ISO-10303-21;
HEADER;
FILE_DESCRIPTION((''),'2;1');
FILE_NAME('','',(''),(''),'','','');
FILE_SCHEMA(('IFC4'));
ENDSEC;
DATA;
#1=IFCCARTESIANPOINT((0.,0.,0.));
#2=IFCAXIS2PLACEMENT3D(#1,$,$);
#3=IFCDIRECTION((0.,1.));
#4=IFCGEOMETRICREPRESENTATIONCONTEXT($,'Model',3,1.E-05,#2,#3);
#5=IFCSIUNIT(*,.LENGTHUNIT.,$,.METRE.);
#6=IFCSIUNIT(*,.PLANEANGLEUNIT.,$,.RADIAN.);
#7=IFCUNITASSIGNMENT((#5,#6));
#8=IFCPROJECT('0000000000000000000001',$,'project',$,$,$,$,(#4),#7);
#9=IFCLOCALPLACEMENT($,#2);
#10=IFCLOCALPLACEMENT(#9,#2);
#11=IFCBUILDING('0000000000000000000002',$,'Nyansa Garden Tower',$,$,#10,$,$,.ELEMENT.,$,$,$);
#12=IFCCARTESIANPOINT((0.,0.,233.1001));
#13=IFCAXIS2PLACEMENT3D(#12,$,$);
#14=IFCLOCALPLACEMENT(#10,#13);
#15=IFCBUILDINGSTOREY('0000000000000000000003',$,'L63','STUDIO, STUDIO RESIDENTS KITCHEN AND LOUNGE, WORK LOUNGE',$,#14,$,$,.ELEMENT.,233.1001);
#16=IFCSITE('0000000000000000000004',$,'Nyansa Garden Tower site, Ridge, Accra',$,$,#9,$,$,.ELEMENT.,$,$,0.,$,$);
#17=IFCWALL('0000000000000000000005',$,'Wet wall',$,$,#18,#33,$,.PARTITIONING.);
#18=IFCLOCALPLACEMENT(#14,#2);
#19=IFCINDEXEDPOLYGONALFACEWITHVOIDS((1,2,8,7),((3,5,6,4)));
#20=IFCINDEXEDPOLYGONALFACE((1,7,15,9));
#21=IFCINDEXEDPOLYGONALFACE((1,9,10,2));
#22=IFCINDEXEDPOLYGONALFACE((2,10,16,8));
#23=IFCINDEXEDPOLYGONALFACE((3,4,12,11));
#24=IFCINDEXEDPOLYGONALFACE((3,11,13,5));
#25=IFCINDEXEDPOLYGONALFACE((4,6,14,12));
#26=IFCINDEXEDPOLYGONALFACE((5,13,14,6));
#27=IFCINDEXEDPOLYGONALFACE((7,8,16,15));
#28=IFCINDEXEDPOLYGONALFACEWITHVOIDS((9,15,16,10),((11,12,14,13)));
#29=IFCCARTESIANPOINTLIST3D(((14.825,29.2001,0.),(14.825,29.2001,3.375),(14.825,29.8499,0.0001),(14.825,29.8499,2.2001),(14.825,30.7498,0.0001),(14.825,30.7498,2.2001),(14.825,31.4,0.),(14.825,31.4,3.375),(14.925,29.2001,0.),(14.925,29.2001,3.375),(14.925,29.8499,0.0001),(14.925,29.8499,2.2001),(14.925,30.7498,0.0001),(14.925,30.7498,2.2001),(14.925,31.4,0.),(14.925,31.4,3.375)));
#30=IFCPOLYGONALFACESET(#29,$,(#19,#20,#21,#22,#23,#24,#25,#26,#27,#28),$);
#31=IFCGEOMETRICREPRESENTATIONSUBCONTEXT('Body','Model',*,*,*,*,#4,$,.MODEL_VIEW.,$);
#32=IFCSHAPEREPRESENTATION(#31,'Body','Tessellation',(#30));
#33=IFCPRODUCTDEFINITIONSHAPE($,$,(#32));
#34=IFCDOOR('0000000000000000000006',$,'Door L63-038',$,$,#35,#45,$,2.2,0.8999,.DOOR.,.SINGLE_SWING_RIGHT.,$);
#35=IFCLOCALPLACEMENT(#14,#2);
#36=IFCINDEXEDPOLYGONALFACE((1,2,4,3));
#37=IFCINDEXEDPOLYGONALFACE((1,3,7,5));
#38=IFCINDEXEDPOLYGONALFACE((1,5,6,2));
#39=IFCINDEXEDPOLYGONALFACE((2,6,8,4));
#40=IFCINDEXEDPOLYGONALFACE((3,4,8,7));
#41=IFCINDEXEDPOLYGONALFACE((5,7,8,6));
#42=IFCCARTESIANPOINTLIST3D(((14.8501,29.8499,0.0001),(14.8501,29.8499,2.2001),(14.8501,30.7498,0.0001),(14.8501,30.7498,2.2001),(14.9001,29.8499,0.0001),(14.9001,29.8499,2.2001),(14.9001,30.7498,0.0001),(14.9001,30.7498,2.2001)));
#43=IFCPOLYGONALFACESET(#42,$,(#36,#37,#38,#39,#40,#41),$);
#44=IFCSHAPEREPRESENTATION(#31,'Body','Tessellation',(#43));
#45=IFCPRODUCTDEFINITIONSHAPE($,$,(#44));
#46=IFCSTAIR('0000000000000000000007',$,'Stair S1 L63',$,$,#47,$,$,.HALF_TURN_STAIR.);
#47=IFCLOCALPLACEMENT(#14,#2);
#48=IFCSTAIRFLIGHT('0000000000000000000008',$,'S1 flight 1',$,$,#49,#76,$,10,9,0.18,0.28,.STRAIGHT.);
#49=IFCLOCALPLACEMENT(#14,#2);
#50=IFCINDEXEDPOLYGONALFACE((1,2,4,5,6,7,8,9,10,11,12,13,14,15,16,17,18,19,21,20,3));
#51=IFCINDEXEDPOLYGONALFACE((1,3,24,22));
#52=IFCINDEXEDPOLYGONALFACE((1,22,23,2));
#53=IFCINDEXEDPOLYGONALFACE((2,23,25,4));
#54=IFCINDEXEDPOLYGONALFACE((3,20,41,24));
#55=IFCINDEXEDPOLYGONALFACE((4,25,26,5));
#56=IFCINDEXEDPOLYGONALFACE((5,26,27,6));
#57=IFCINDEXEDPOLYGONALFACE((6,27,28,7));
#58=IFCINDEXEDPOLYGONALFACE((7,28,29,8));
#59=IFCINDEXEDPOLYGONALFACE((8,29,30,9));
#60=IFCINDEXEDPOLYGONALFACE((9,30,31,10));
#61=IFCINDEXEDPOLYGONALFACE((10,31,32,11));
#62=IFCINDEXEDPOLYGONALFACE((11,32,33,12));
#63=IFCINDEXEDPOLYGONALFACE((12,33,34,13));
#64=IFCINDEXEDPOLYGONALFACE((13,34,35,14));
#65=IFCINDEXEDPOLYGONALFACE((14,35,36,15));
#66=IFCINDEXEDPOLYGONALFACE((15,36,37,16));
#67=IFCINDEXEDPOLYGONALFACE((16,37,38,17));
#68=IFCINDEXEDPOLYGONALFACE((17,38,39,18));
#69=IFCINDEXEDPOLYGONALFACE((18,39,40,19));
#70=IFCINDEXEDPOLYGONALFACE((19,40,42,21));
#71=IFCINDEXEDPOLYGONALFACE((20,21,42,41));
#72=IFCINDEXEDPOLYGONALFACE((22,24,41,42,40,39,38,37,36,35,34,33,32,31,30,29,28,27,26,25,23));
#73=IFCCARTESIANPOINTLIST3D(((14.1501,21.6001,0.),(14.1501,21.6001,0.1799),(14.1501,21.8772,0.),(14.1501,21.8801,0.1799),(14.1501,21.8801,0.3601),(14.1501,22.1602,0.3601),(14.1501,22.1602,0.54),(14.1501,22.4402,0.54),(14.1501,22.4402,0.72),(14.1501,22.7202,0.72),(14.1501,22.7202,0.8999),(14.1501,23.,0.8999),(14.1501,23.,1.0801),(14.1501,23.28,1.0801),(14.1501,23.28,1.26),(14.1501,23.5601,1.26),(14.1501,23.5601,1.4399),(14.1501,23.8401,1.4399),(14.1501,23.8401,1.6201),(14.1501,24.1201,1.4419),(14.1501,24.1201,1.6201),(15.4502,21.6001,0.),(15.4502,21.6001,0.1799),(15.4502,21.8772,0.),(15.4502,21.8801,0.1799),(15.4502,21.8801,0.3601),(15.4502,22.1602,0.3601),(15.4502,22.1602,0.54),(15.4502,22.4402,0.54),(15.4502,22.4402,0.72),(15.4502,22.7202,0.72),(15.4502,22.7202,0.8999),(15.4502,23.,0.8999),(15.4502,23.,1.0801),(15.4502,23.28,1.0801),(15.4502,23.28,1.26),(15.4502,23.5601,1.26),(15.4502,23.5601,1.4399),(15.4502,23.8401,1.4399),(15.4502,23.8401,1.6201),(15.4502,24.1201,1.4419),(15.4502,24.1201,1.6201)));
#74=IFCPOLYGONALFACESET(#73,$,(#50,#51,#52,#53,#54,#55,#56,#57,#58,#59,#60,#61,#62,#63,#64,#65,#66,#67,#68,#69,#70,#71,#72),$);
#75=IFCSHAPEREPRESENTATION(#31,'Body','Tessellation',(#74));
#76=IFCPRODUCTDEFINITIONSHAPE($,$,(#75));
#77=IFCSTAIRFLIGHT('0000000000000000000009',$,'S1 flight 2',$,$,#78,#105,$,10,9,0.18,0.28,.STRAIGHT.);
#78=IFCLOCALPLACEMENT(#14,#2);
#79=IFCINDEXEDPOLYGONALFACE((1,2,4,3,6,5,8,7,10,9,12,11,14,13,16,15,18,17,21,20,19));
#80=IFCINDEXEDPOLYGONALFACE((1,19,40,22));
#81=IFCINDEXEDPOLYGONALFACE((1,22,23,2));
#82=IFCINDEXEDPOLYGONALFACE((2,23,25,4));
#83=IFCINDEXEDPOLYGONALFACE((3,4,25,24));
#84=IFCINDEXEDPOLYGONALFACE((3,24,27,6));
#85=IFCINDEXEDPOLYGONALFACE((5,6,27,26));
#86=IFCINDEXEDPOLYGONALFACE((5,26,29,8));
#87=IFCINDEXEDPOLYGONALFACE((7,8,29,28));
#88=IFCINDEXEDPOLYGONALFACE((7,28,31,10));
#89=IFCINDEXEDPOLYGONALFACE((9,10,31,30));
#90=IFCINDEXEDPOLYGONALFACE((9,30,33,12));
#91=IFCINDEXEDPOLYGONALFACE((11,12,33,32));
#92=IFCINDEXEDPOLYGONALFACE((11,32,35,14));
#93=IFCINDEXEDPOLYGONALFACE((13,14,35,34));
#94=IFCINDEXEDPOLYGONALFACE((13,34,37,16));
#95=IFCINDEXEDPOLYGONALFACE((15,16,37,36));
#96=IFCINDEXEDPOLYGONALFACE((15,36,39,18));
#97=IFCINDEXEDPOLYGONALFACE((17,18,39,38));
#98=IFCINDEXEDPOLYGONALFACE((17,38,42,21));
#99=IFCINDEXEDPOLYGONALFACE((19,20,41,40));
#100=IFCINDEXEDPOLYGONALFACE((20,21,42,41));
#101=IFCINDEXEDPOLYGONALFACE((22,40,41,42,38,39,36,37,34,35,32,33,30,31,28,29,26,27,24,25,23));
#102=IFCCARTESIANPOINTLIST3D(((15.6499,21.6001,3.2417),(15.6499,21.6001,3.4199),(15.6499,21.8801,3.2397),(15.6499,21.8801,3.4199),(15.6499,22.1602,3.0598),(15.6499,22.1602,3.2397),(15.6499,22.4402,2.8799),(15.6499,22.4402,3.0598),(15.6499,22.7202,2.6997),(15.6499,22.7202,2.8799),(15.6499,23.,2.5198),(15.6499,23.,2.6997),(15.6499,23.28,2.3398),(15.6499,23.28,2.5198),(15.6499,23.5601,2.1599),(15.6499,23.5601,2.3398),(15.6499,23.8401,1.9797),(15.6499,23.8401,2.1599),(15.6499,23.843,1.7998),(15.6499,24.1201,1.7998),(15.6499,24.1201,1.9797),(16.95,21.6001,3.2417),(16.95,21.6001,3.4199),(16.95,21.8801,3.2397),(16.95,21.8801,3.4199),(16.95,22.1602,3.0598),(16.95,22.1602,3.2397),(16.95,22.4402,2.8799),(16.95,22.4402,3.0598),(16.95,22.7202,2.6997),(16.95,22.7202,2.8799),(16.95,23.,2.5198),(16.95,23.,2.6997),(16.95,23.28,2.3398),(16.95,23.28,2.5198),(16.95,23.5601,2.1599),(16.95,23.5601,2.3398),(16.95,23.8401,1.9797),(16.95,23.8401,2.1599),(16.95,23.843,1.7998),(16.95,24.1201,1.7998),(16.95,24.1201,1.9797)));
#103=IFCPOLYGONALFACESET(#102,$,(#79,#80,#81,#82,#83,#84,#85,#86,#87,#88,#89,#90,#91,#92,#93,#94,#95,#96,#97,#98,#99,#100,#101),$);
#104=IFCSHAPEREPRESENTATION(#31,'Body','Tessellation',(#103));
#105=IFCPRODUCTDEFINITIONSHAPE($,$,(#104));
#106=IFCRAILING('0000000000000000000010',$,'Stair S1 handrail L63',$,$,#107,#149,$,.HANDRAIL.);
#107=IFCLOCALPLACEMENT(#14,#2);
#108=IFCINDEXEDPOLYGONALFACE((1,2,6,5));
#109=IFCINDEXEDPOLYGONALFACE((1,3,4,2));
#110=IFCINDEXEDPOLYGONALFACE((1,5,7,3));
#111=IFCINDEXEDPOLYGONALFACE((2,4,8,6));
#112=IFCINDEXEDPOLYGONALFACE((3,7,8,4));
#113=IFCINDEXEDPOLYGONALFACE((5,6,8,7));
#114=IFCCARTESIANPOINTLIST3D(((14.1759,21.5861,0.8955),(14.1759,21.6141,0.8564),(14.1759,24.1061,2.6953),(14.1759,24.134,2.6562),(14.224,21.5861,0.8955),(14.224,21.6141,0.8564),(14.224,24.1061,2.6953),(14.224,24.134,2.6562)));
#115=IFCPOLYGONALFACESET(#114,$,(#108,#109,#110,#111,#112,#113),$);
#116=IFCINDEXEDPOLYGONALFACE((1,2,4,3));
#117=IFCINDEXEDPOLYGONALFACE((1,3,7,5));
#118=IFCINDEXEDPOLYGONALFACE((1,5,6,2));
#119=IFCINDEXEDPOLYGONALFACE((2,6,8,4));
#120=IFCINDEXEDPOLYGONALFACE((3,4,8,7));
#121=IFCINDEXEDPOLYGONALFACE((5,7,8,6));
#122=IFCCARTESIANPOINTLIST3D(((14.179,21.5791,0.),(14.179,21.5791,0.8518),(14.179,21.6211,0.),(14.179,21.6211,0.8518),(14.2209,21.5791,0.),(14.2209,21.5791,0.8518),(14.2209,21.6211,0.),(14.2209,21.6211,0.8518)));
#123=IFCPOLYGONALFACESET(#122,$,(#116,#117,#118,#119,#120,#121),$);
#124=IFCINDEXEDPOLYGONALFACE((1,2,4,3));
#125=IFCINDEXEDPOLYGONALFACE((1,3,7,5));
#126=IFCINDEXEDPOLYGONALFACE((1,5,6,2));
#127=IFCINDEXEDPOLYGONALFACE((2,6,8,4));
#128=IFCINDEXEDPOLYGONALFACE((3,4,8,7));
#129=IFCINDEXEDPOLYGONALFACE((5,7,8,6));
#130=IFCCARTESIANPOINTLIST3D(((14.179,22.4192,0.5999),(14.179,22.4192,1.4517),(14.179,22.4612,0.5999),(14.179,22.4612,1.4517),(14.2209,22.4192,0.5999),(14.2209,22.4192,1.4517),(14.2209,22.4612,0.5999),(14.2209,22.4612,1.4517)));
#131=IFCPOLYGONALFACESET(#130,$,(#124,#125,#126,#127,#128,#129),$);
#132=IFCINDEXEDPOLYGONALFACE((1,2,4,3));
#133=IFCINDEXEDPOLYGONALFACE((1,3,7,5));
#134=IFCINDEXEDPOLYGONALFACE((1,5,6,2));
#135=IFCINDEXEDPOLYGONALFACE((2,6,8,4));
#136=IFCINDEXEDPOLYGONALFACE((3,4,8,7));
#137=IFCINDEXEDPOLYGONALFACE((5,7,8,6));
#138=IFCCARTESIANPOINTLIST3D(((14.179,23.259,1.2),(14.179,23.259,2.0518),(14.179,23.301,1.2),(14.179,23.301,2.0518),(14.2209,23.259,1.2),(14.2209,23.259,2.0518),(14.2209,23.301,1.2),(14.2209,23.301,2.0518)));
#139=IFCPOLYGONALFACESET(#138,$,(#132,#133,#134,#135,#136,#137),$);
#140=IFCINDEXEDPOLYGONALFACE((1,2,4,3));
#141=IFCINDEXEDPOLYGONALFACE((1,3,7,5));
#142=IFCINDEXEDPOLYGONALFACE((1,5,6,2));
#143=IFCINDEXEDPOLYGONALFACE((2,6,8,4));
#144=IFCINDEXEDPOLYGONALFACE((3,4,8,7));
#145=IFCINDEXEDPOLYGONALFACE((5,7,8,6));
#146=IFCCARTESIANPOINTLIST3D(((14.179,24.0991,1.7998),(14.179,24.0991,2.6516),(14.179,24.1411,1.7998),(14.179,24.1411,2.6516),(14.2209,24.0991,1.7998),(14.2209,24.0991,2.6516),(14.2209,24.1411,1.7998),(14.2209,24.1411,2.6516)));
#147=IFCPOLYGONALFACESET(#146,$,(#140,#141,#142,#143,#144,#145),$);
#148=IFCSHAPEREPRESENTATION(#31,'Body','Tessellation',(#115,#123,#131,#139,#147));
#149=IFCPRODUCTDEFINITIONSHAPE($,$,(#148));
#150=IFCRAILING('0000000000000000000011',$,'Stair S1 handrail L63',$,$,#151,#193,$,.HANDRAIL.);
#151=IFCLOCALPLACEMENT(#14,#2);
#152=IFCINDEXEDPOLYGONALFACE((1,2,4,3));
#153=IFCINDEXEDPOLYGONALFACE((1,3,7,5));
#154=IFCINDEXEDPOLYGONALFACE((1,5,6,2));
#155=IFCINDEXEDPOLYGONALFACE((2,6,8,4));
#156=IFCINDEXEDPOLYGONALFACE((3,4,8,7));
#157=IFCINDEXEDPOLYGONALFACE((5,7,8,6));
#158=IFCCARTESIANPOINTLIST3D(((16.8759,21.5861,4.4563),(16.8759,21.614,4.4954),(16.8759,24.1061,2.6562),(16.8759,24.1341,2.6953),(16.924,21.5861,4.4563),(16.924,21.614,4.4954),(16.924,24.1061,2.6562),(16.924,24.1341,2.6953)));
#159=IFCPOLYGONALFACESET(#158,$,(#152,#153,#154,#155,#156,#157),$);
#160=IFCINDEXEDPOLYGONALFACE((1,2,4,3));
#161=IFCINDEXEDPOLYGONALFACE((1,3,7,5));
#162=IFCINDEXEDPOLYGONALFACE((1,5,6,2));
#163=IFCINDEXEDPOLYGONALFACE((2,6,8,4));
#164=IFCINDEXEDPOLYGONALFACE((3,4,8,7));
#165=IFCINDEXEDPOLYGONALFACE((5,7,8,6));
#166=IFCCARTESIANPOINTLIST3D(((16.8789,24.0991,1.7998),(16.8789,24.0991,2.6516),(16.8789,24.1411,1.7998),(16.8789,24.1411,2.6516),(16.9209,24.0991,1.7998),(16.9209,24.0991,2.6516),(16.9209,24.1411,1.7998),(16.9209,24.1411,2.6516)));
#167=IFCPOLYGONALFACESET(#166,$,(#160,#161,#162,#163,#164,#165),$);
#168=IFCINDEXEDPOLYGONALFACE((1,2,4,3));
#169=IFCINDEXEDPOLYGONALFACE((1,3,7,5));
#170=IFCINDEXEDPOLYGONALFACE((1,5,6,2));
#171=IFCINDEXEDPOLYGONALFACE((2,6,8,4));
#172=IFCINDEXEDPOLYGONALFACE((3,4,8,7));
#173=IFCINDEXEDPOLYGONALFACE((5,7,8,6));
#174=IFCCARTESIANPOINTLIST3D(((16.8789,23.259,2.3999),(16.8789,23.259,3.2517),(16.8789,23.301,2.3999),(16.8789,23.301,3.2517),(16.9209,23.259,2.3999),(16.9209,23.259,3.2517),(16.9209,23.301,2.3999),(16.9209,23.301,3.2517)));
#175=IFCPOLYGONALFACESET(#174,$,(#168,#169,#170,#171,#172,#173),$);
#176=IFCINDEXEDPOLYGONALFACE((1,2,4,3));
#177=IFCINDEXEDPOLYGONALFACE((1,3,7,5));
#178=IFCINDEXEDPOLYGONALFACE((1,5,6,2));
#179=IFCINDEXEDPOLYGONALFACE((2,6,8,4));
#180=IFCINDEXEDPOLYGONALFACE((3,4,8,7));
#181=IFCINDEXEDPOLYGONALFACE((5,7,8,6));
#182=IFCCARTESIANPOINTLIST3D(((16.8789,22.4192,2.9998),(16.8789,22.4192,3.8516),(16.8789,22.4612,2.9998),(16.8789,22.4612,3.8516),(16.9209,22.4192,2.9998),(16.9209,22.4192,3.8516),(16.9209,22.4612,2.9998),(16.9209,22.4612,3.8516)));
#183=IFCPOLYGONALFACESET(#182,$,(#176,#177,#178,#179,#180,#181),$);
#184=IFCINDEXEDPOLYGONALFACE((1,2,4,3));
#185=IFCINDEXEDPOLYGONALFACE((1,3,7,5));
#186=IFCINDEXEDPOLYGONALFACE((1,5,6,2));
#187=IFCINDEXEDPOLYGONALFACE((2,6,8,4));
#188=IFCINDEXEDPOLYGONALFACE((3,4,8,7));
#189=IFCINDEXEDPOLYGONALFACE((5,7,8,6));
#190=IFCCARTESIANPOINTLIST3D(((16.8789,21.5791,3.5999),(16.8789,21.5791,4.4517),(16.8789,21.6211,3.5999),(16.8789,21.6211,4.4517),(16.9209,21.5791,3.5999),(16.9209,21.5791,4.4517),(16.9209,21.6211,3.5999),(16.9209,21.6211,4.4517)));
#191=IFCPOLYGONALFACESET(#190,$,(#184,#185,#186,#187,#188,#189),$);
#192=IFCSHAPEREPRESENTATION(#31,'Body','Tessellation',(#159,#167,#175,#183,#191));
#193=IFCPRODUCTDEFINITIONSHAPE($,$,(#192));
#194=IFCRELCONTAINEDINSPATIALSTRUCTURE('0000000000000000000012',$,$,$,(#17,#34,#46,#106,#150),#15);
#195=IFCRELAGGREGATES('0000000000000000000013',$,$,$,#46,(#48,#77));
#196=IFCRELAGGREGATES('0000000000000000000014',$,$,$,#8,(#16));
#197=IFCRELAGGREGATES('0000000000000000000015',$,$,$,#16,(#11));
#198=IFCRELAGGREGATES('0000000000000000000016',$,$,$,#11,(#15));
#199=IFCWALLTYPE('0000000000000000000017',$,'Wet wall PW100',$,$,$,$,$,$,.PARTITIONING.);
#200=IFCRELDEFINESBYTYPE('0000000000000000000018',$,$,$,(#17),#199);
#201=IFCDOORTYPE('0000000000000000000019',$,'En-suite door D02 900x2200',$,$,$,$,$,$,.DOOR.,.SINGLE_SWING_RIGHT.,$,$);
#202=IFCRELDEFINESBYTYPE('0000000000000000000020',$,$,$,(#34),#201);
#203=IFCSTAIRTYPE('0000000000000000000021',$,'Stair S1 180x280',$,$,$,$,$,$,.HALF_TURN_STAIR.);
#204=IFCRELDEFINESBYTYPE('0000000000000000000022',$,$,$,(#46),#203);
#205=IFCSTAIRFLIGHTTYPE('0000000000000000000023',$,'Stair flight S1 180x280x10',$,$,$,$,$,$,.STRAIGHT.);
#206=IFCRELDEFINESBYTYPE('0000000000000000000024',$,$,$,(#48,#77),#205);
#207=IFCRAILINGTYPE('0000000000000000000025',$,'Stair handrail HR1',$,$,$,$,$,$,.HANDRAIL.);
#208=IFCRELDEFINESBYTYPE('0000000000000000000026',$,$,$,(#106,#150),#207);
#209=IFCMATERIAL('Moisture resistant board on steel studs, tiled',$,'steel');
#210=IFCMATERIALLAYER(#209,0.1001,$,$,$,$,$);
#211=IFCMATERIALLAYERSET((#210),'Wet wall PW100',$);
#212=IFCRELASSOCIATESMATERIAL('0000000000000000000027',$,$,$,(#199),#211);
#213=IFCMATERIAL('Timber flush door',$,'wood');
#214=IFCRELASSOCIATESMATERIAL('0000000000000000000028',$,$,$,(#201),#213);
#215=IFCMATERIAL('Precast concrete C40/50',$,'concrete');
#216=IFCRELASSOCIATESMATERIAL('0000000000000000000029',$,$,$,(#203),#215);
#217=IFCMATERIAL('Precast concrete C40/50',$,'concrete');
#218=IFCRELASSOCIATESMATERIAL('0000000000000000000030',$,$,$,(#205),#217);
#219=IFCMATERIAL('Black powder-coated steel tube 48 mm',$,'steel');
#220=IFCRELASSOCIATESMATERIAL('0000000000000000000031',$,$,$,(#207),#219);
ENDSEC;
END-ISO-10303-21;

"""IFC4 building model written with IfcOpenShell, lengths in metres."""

from ifc_helpers import new_model, si_unit, direction, frame, frame_2d, origin, origin_2d, place, context, subcontext, project, spatial, polyline, rectangle, outline, extrude, material, layer, layer_set, type_object, element, fill, aggregate, save


model = new_model("IFC4")

# Units and contexts
model_context = context("Model", 3, precision=1e-05, world=origin(), true_north=direction((0.0, 1.0)))
body_context = subcontext(model_context, "Body", "Model", "MODEL_VIEW")
ifc_project = project(units=[si_unit("LENGTHUNIT", "METRE"), si_unit("PLANEANGLEUNIT", "RADIAN")], contexts=[model_context])

# Site, building, storey
site_placement = place(None, origin())
site = spatial("IfcSite", under=ifc_project, at=site_placement, Name="Nyansa Garden Tower site, Ridge, Accra", CompositionType="ELEMENT", RefElevation=0.0)
building_placement = place(site_placement, origin())
building = spatial("IfcBuilding", under=site, at=building_placement, Name="Nyansa Garden Tower", CompositionType="ELEMENT")
storey_placement = place(building_placement, frame((0.0, 0.0, 233.1001)))
storey = spatial("IfcBuildingStorey", under=building, at=storey_placement, Name="L63", Description="STUDIO, STUDIO RESIDENTS KITCHEN AND LOUNGE, WORK LOUNGE", CompositionType="ELEMENT", Elevation=233.1001)

# Shared definitions
ifc_material_1 = material(Name="Moisture resistant board on steel studs, tiled", Category="steel")
ifc_layer_1 = layer(ifc_material_1, 0.1001)
ifc_layer_set_1 = layer_set([ifc_layer_1], Name="Wet wall PW100")
wall_type_1 = type_object("IfcWallType", Name="Wet wall PW100", PredefinedType="PARTITIONING", material=ifc_layer_set_1)

# Wall, opening, door
wall_1_placement = place(storey_placement, frame((14.875, 29.2, 0.0), z_axis=(0.0, 0.0, 1.0), x_axis=(0.0, 1.0, 0.0)))
wall_1 = element("IfcWall", 1, at=wall_1_placement, inside=storey, type_object=wall_type_1, Name="Wet wall", PredefinedType="PARTITIONING", context=body_context, shape_type="SweptSolid", body=[
    extrude(rectangle(XDim=2.2, YDim=0.1001, at=frame_2d((1.1001, 0.0))), origin(), (0.0, 0.0, 1.0), 3.375),
])
opening_1_placement = place(wall_1_placement, frame((0.6499, 0.0, 0.0)))
opening_1 = element("IfcOpeningElement", 2, at=opening_1_placement, cuts=wall_1, PredefinedType="OPENING", context=body_context, shape_type="SweptSolid", body=[
    extrude(rectangle(XDim=0.8999, YDim=2.2, at=frame_2d((0.45, 1.1001))), frame((0.0, 0.0601, 0.0), z_axis=(0.0, -1.0, 0.0), x_axis=(1.0, 0.0, 0.0)), (0.0, 0.0, 1.0), 0.1201),
])
ifc_material_2 = material(Name="Timber flush door", Category="wood")
door_type_1 = type_object("IfcDoorType", Name="En-suite door D02 900x2200", OperationType="SINGLE_SWING_RIGHT", PredefinedType="DOOR", material=ifc_material_2)
door_1_placement = place(opening_1_placement, origin())
door_1 = element("IfcDoor", 3, at=door_1_placement, inside=storey, type_object=door_type_1, Name="Door L63-038", OperationType="SINGLE_SWING_RIGHT", OverallHeight=2.2, OverallWidth=0.8999, PredefinedType="DOOR", context=body_context, shape_type="SweptSolid", body=[
    extrude(rectangle(XDim=0.8999, YDim=2.2, at=frame_2d((0.45, 1.1001))), frame((0.0, 0.0249, 0.0), z_axis=(0.0, -1.0, 0.0), x_axis=(1.0, 0.0, 0.0)), (0.0, 0.0, 1.0), 0.05),
])
fill(opening_1, door_1)

# Stair, stair flights
ifc_material_3 = material(Name="Precast concrete C40/50", Category="concrete")
stair_type = type_object("IfcStairType", Name="Stair S1 180x280", PredefinedType="HALF_TURN_STAIR", material=ifc_material_3)
stair_placement = place(storey_placement, origin())
stair = element("IfcStair", 4, at=stair_placement, inside=storey, type_object=stair_type, Name="Stair S1 L63", PredefinedType="HALF_TURN_STAIR")
ifc_material_4 = material(Name="Precast concrete C40/50", Category="concrete")
stair_flight_type = type_object("IfcStairFlightType", Name="Stair flight S1 180x280x10", PredefinedType="STRAIGHT", material=ifc_material_4)
stair_flight_1_placement = place(storey_placement, frame((14.8, 21.6001, 0.0), z_axis=(0.0, 0.0, 1.0), x_axis=(0.0, 1.0, 0.0)))
stair_flight_1 = element("IfcStairFlight", 5, at=stair_flight_1_placement, type_object=stair_flight_type, Name="S1 flight 1", NumberOfRisers=10, NumberOfTreads=9, PredefinedType="STRAIGHT", RiserHeight=0.18, TreadLength=0.28, context=body_context, shape_type="SweptSolid", body=[
    extrude(outline(polyline([(0.0, 0.0), (0.0, 0.1799), (0.28, 0.1799), (0.28, 0.3601), (0.5601, 0.3601), (0.5601, 0.54), (0.8401, 0.54), (0.8401, 0.72), (1.1201, 0.72), (1.1201, 0.8999), (1.3999, 0.8999), (1.3999, 1.0801), (1.6799, 1.0801), (1.6799, 1.26), (1.96, 1.26), (1.96, 1.4399), (2.24, 1.4399), (2.24, 1.6201), (2.52, 1.6201), (2.52, 1.8), (2.52, 1.4419), (0.2771, 0.0), (0.0, 0.0)])), frame((0.0, 0.6499, 0.0), z_axis=(0.0, -1.0, 0.0), x_axis=(1.0, 0.0, 0.0)), (0.0, 0.0, 1.0), 1.3),
])
stair_flight_2_placement = place(storey_placement, frame((16.3, 24.1201, 1.7998), z_axis=(0.0, 0.0, 1.0), x_axis=(0.0, -1.0, 0.0)))
stair_flight_2 = element("IfcStairFlight", 6, at=stair_flight_2_placement, type_object=stair_flight_type, Name="S1 flight 2", NumberOfRisers=10, NumberOfTreads=9, PredefinedType="STRAIGHT", RiserHeight=0.18, TreadLength=0.28, context=body_context, shape_type="SweptSolid", body=[
    extrude(outline(polyline([(0.0, 0.0), (0.0, 0.1799), (0.28, 0.1799), (0.28, 0.3601), (0.5601, 0.3601), (0.5601, 0.54), (0.8401, 0.54), (0.8401, 0.72), (1.1201, 0.72), (1.1201, 0.8999), (1.3999, 0.8999), (1.3999, 1.0801), (1.6799, 1.0801), (1.6799, 1.26), (1.96, 1.26), (1.96, 1.4399), (2.24, 1.4399), (2.24, 1.6201), (2.52, 1.6201), (2.52, 1.8), (2.52, 1.4419), (0.2771, 0.0), (0.0, 0.0)])), frame((0.0, 0.6499, 0.0), z_axis=(0.0, -1.0, 0.0), x_axis=(1.0, 0.0, 0.0)), (0.0, 0.0, 1.0), 1.3),
])
aggregate(stair, [stair_flight_1, stair_flight_2])

# Railings
ifc_material_5 = material(Name="Black powder-coated steel tube 48 mm", Category="steel")
railing_type = type_object("IfcRailingType", Name="Stair handrail HR1", PredefinedType="HANDRAIL", material=ifc_material_5)
railing_1_placement = place(storey_placement, frame((14.2, 21.6001, 0.0)))
element("IfcRailing", 7, at=railing_1_placement, inside=storey, type_object=railing_type, Name="Stair S1 handrail L63", PredefinedType="HANDRAIL", context=body_context, shape_type="SweptSolid", body=[
    extrude(rectangle(XDim=0.0481, YDim=0.0481, at=origin_2d()), frame((0.0, 0.0, 0.876), z_axis=(0.0, 0.813765, 0.581193), x_axis=(-1.0, 0.0, 0.0)), (0.0, 0.0, 1.0), 3.0967),
    extrude(rectangle(XDim=0.042, YDim=0.042, at=origin_2d()), origin(), (0.0, 0.0, 1.0), 0.8518),
    extrude(rectangle(XDim=0.042, YDim=0.042, at=origin_2d()), frame((0.0, 0.8401, 0.5999)), (0.0, 0.0, 1.0), 0.8518),
    extrude(rectangle(XDim=0.042, YDim=0.042, at=origin_2d()), frame((0.0, 1.6799, 1.2)), (0.0, 0.0, 1.0), 0.8518),
    extrude(rectangle(XDim=0.042, YDim=0.042, at=origin_2d()), frame((0.0, 2.52, 1.7998)), (0.0, 0.0, 1.0), 0.8518),
])
railing_2_placement = place(storey_placement, frame((16.8999, 24.1201, 1.7998)))
element("IfcRailing", 8, at=railing_2_placement, inside=storey, type_object=railing_type, Name="Stair S1 handrail L63", PredefinedType="HANDRAIL", context=body_context, shape_type="SweptSolid", body=[
    extrude(rectangle(XDim=0.0481, YDim=0.0481, at=origin_2d()), frame((0.0, 0.0, 0.876), z_axis=(0.0, -0.813728, 0.581246), x_axis=(1.0, 0.0, 0.0)), (0.0, 0.0, 1.0), 3.0969),
    extrude(rectangle(XDim=0.042, YDim=0.042, at=origin_2d()), origin(), (0.0, 0.0, 1.0), 0.8518),
    extrude(rectangle(XDim=0.042, YDim=0.042, at=origin_2d()), frame((0.0, -0.8401, 0.6001)), (0.0, 0.0, 1.0), 0.8518),
    extrude(rectangle(XDim=0.042, YDim=0.042, at=origin_2d()), frame((0.0, -1.6799, 1.2)), (0.0, 0.0, 1.0), 0.8518),
    extrude(rectangle(XDim=0.042, YDim=0.042, at=origin_2d()), frame((0.0, -2.52, 1.8)), (0.0, 0.0, 1.0), 0.8518),
])

save(model, "model.ifc")
